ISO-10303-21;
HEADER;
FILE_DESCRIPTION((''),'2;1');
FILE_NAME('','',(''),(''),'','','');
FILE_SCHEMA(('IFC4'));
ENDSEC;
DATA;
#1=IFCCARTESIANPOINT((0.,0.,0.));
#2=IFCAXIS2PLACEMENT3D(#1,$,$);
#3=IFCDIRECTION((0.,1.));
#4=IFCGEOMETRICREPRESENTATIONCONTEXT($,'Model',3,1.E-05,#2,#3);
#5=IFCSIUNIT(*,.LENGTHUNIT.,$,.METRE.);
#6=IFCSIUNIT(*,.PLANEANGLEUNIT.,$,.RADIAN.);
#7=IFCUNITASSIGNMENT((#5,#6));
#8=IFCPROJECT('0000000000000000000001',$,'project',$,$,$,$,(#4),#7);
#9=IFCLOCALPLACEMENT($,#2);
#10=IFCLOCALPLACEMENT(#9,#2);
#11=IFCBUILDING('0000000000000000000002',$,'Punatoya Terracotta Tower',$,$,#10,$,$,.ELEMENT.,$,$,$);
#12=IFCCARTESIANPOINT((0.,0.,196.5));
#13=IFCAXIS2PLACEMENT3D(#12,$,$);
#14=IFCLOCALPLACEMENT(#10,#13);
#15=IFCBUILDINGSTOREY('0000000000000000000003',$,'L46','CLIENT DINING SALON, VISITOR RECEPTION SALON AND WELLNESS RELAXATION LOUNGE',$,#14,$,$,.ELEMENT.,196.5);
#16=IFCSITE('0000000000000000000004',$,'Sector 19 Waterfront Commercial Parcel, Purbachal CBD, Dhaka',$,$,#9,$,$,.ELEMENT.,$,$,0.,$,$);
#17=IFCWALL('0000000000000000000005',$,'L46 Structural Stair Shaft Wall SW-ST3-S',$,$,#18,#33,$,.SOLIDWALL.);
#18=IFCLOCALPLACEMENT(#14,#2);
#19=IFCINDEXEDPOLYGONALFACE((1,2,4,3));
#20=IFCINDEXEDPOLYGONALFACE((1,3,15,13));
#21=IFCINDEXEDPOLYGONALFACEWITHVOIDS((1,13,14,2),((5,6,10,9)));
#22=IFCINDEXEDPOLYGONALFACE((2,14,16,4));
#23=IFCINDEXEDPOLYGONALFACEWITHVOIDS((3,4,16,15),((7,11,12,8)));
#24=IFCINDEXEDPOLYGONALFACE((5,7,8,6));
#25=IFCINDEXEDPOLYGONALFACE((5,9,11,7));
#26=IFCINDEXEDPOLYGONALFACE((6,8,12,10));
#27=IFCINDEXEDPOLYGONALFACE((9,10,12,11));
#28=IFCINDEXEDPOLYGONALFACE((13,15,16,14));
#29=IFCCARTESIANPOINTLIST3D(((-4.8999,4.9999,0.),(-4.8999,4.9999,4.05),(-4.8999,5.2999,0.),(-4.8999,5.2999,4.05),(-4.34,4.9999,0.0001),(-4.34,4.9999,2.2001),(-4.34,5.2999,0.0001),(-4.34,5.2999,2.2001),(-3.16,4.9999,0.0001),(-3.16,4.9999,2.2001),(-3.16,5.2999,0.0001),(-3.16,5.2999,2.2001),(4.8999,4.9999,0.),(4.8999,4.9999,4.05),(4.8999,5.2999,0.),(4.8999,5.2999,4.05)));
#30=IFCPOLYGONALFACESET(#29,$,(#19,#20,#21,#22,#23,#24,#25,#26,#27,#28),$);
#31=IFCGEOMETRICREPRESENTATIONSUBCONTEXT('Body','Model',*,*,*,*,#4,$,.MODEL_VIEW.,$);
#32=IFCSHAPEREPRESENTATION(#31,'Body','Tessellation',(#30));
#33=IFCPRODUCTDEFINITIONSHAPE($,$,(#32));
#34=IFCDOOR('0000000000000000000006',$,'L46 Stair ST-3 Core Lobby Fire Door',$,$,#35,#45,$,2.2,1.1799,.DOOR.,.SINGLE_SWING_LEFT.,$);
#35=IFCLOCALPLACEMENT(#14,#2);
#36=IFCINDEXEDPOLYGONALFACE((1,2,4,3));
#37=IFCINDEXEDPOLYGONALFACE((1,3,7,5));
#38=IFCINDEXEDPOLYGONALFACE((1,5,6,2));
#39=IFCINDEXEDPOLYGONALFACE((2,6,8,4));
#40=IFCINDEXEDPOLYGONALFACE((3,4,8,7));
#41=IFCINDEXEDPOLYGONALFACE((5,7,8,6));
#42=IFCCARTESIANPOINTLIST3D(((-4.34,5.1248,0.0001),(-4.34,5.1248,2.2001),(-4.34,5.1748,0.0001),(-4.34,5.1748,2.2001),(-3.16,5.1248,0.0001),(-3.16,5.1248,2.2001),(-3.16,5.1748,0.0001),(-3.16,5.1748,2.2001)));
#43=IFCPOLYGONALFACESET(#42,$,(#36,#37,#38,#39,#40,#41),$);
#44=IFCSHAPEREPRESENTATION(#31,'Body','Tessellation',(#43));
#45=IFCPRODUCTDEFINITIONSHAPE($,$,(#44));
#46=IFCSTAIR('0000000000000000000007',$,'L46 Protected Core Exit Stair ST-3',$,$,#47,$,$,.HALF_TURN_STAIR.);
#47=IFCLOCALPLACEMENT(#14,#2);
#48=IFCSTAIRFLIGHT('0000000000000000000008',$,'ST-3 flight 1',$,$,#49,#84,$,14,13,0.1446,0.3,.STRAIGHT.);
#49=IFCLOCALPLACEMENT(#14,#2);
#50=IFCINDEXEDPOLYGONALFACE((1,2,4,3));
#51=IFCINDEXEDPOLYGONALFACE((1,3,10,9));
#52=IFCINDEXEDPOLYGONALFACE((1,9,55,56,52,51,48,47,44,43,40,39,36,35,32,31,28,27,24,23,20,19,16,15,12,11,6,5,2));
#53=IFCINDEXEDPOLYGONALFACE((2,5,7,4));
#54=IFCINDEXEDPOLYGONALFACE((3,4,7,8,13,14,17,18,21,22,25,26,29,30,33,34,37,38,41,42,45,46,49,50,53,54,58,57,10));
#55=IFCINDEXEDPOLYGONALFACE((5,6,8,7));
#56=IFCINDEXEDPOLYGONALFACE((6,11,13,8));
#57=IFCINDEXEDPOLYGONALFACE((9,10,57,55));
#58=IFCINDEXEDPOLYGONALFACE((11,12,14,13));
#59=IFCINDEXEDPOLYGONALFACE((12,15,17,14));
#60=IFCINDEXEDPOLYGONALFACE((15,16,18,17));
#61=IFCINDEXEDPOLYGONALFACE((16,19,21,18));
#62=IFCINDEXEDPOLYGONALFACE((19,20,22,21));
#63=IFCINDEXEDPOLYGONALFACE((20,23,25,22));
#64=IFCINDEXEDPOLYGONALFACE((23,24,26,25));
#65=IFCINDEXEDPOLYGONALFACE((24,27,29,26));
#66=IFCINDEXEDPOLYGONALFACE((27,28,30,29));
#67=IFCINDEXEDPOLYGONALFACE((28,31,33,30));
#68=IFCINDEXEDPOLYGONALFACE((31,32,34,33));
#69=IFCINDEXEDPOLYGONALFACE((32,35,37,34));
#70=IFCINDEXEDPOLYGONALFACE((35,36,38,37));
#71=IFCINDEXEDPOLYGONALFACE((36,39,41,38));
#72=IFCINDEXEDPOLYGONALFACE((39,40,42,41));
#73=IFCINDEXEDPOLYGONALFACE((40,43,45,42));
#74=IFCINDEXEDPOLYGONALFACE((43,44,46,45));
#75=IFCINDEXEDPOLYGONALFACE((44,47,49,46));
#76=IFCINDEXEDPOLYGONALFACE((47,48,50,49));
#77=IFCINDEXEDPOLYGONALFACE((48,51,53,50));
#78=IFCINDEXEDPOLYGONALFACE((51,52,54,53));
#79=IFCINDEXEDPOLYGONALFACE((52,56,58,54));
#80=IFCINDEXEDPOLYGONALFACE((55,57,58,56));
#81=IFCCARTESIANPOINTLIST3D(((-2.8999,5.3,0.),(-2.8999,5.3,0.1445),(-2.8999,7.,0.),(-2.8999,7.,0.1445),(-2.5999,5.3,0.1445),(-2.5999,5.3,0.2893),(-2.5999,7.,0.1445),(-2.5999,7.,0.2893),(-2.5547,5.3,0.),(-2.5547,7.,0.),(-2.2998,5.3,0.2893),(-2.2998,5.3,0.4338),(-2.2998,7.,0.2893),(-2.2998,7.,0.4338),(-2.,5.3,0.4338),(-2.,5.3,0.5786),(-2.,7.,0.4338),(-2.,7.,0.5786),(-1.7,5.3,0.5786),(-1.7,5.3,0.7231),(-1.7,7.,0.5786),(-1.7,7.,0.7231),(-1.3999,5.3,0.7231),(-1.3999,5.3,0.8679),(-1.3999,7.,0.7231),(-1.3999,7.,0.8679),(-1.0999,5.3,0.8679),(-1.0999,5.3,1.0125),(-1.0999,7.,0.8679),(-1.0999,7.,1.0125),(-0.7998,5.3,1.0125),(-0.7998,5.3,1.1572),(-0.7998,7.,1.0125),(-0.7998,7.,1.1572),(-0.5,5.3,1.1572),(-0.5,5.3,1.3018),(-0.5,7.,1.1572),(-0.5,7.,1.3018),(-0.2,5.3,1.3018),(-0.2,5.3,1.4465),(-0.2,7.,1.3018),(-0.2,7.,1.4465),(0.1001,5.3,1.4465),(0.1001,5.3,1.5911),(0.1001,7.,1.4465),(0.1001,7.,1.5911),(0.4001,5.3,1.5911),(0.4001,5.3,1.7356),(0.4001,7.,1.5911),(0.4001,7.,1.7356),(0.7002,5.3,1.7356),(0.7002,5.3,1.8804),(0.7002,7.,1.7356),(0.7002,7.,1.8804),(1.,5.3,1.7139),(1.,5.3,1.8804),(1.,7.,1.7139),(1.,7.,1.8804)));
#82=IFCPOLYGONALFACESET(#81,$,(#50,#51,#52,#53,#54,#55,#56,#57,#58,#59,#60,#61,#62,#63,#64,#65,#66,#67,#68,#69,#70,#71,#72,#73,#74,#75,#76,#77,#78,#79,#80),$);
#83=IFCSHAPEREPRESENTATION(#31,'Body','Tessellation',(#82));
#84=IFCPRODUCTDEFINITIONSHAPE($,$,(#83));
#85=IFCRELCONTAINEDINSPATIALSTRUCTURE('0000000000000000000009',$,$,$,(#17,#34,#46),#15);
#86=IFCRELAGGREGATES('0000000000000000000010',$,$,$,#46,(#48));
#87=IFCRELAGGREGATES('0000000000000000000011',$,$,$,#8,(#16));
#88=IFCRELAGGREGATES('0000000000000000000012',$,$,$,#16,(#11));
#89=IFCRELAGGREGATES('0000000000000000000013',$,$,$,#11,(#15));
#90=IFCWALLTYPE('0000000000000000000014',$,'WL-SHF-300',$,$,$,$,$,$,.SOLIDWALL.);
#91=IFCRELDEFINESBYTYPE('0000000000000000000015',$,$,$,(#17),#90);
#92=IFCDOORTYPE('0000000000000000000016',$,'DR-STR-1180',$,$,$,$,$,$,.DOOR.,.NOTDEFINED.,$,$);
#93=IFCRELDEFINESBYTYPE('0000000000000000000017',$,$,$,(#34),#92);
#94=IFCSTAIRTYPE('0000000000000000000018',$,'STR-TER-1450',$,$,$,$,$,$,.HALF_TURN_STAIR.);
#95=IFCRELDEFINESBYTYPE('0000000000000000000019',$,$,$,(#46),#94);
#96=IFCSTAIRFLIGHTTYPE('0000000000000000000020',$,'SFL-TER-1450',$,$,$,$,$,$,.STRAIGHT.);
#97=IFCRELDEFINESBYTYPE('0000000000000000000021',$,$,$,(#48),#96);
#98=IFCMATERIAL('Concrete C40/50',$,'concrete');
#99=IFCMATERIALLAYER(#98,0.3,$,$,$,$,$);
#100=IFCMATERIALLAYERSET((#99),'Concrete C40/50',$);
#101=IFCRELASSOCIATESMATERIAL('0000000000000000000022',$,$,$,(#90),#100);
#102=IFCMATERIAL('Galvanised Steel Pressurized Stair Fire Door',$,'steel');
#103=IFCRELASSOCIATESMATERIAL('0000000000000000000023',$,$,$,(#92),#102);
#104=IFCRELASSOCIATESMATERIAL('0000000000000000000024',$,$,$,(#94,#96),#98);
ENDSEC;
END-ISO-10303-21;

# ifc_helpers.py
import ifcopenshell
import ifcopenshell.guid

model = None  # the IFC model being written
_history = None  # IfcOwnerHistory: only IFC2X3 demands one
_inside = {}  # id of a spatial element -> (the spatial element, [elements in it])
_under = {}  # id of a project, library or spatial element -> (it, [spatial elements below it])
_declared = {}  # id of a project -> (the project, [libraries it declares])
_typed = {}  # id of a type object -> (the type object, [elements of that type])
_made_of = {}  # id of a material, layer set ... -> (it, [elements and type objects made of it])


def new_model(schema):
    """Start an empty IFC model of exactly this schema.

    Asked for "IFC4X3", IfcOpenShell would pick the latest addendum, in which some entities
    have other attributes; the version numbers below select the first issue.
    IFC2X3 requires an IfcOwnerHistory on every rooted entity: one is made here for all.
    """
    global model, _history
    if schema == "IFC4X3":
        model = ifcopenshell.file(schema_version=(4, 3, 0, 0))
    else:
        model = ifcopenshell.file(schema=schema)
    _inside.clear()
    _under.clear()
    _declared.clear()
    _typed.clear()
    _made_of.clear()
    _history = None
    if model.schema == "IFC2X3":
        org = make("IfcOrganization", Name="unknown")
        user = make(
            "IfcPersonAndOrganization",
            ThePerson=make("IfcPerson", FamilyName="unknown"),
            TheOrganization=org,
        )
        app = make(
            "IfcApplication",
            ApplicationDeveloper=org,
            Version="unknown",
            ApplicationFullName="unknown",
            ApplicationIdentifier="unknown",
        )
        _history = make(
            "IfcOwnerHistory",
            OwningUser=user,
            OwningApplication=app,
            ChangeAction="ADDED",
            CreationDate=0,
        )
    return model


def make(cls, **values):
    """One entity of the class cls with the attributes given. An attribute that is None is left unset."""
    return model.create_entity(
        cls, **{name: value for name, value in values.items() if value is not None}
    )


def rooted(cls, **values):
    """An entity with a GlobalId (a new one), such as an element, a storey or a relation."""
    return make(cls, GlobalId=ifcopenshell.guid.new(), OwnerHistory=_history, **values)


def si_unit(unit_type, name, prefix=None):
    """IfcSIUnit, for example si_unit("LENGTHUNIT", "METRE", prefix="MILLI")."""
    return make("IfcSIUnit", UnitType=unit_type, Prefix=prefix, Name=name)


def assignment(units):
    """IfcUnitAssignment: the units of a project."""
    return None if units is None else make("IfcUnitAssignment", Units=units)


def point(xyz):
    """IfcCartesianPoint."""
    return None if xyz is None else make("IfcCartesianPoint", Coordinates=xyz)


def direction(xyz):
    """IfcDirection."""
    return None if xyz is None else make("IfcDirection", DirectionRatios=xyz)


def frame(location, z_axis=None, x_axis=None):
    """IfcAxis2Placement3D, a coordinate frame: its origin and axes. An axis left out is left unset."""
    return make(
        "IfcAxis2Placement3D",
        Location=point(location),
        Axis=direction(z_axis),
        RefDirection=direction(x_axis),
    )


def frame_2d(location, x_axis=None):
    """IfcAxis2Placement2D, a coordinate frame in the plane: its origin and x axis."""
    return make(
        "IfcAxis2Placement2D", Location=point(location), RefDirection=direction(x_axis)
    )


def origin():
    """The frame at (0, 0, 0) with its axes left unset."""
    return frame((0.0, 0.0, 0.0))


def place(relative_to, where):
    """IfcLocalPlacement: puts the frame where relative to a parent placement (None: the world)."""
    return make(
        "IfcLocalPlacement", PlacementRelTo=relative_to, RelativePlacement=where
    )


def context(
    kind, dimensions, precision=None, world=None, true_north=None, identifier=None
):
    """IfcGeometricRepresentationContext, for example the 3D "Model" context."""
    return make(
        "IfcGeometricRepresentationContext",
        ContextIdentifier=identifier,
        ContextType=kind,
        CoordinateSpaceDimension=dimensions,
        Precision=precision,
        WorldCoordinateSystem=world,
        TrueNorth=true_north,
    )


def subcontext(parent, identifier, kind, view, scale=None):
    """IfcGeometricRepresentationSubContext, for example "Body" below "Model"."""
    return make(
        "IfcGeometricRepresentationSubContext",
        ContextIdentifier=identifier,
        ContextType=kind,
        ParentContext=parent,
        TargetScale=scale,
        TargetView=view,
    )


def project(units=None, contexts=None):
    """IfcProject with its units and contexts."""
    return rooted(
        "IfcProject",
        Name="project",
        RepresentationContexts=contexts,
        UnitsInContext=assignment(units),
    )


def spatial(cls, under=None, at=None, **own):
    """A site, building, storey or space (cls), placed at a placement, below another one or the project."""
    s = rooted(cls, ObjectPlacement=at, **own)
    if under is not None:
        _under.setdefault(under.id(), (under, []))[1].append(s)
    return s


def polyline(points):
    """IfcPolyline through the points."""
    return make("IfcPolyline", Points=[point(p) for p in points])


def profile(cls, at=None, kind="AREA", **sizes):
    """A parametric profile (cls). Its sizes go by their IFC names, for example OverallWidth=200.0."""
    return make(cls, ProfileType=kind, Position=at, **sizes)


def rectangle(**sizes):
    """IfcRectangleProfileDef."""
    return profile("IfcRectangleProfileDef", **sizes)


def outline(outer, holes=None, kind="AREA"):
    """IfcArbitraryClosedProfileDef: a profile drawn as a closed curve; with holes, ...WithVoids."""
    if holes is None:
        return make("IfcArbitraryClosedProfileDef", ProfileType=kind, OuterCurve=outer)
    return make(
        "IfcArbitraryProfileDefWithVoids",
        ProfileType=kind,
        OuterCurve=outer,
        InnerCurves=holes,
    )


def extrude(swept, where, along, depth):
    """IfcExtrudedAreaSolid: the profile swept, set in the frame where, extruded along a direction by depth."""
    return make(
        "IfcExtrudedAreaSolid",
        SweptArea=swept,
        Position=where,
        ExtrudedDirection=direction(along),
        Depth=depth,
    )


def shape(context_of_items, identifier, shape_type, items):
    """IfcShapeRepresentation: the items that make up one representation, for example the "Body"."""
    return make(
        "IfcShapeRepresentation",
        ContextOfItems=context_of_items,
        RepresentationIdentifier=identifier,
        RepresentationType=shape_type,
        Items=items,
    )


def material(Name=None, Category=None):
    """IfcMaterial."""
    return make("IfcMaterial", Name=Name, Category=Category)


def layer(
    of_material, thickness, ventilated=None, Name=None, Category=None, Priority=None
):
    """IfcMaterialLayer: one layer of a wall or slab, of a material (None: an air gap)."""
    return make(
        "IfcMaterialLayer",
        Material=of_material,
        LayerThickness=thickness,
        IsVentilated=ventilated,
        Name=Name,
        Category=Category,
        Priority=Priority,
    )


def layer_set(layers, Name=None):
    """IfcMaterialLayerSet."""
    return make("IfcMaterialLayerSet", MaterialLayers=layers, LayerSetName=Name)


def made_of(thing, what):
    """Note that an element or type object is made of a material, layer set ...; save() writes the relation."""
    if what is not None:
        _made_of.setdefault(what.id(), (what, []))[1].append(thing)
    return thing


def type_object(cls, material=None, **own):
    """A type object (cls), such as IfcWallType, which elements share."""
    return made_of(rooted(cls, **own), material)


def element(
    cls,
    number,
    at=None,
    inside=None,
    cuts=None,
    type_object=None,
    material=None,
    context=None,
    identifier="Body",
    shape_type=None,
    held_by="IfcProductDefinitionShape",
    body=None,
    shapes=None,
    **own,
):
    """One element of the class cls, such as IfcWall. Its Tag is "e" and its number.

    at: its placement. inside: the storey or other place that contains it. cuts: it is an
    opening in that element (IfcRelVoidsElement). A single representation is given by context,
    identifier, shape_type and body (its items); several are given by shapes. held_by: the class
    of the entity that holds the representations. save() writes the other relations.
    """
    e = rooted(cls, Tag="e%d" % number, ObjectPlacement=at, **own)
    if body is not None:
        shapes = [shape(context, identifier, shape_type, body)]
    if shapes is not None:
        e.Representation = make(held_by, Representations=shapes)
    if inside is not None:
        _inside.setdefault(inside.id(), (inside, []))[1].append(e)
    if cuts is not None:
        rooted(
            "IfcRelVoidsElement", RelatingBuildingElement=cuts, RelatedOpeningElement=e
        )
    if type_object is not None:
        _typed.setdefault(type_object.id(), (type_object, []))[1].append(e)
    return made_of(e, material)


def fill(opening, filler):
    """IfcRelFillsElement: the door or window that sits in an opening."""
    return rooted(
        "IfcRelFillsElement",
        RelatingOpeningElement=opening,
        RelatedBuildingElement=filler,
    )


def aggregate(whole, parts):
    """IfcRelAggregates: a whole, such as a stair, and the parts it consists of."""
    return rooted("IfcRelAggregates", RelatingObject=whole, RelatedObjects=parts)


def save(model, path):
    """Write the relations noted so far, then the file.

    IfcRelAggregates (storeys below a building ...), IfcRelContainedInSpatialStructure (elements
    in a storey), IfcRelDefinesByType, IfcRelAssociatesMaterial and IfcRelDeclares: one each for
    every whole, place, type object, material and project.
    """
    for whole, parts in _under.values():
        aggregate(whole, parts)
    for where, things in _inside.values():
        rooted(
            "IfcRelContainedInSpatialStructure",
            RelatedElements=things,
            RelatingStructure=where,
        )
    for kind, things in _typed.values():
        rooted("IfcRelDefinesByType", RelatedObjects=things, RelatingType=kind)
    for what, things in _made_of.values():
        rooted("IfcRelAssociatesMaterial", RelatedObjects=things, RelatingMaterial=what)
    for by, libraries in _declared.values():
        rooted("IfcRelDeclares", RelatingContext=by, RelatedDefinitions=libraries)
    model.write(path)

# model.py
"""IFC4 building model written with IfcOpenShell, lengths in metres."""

from ifc_helpers import new_model, si_unit, direction, frame, frame_2d, origin, place, context, subcontext, project, spatial, polyline, rectangle, outline, extrude, material, layer, layer_set, type_object, element, fill, aggregate, save


model = new_model("IFC4")

# Units and contexts
model_context = context("Model", 3, precision=1e-05, world=origin(), true_north=direction((0.0, 1.0)))
body_context = subcontext(model_context, "Body", "Model", "MODEL_VIEW")
ifc_project = project(units=[si_unit("LENGTHUNIT", "METRE"), si_unit("PLANEANGLEUNIT", "RADIAN")], contexts=[model_context])

# Site, building, storey
site_placement = place(None, origin())
site = spatial("IfcSite", under=ifc_project, at=site_placement, Name="Sector 19 Waterfront Commercial Parcel, Purbachal CBD, Dhaka", CompositionType="ELEMENT", RefElevation=0.0)
building_placement = place(site_placement, origin())
building = spatial("IfcBuilding", under=site, at=building_placement, Name="Punatoya Terracotta Tower", CompositionType="ELEMENT")
storey_placement = place(building_placement, frame((0.0, 0.0, 196.5)))
storey = spatial("IfcBuildingStorey", under=building, at=storey_placement, Name="L46", Description="CLIENT DINING SALON, VISITOR RECEPTION SALON AND WELLNESS RELAXATION LOUNGE", CompositionType="ELEMENT", Elevation=196.5)

# Shared definitions
ifc_material_1 = material(Name="Concrete C40/50", Category="concrete")

# Shared definitions
ifc_layer_1 = layer(ifc_material_1, 0.3)
ifc_layer_set_1 = layer_set([ifc_layer_1], Name="Concrete C40/50")
wall_type_1 = type_object("IfcWallType", Name="WL-SHF-300", PredefinedType="SOLIDWALL", material=ifc_layer_set_1)

# Wall, opening, door
wall_1_placement = place(storey_placement, frame((-4.8999, 5.1499, 0.0), z_axis=(0.0, 0.0, 1.0), x_axis=(1.0, 0.0, 0.0)))
wall_1 = element("IfcWall", 1, at=wall_1_placement, inside=storey, type_object=wall_type_1, Name="L46 Structural Stair Shaft Wall SW-ST3-S", PredefinedType="SOLIDWALL", context=body_context, shape_type="SweptSolid", body=[
    extrude(rectangle(XDim=9.7998, YDim=0.3, at=frame_2d((4.8999, 0.0))), origin(), (0.0, 0.0, 1.0), 4.05),
])
opening_1_placement = place(wall_1_placement, frame((0.5601, 0.0, 0.0)))
opening_1 = element("IfcOpeningElement", 2, at=opening_1_placement, cuts=wall_1, PredefinedType="OPENING", context=body_context, shape_type="SweptSolid", body=[
    extrude(rectangle(XDim=1.1799, YDim=2.2, at=frame_2d((0.5898, 1.1001))), frame((0.0, 0.1599, 0.0), z_axis=(0.0, -1.0, 0.0), x_axis=(1.0, 0.0, 0.0)), (0.0, 0.0, 1.0), 0.3201),
])
ifc_material_2 = material(Name="Galvanised Steel Pressurized Stair Fire Door", Category="steel")
door_type_1 = type_object("IfcDoorType", Name="DR-STR-1180", OperationType="NOTDEFINED", PredefinedType="DOOR", material=ifc_material_2)
door_1_placement = place(opening_1_placement, origin())
door_1 = element("IfcDoor", 3, at=door_1_placement, inside=storey, type_object=door_type_1, Name="L46 Stair ST-3 Core Lobby Fire Door", OperationType="SINGLE_SWING_LEFT", OverallHeight=2.2, OverallWidth=1.1799, PredefinedType="DOOR", context=body_context, shape_type="SweptSolid", body=[
    extrude(rectangle(XDim=1.1799, YDim=2.2, at=frame_2d((0.5898, 1.1001))), frame((0.0, 0.0249, 0.0), z_axis=(0.0, -1.0, 0.0), x_axis=(1.0, 0.0, 0.0)), (0.0, 0.0, 1.0), 0.05),
])
fill(opening_1, door_1)

# Stair, stair flight
stair_type = type_object("IfcStairType", Name="STR-TER-1450", PredefinedType="HALF_TURN_STAIR", material=ifc_material_1)
stair_placement = place(storey_placement, origin())
stair = element("IfcStair", 4, at=stair_placement, inside=storey, type_object=stair_type, Name="L46 Protected Core Exit Stair ST-3", PredefinedType="HALF_TURN_STAIR")
stair_flight_type = type_object("IfcStairFlightType", Name="SFL-TER-1450", PredefinedType="STRAIGHT", material=ifc_material_1)
stair_flight_placement = place(storey_placement, frame((-2.8999, 6.1499, 0.0), z_axis=(0.0, 0.0, 1.0), x_axis=(1.0, 0.0, 0.0)))
stair_flight = element("IfcStairFlight", 5, at=stair_flight_placement, type_object=stair_flight_type, Name="ST-3 flight 1", NumberOfRisers=14, NumberOfTreads=13, PredefinedType="STRAIGHT", RiserHeight=0.1446, TreadLength=0.3, context=body_context, shape_type="SweptSolid", body=[
    extrude(outline(polyline([(0.0, 0.0), (0.0, 0.1445), (0.3, 0.1445), (0.3, 0.2893), (0.6001, 0.2893), (0.6001, 0.4338), (0.8999, 0.4338), (0.8999, 0.5786), (1.2, 0.5786), (1.2, 0.7231), (1.5, 0.7231), (1.5, 0.8679), (1.8, 0.8679), (1.8, 1.0125), (2.1001, 1.0125), (2.1001, 1.1572), (2.3999, 1.1572), (2.3999, 1.3018), (2.7, 1.3018), (2.7, 1.4465), (3.0, 1.4465), (3.0, 1.5911), (3.3, 1.5911), (3.3, 1.7356), (3.6001, 1.7356), (3.6001, 1.8804), (3.8999, 1.8804), (3.8999, 2.0249), (3.8999, 1.7139), (0.3452, 0.0), (0.0, 0.0)])), frame((0.0, 0.8501, 0.0), z_axis=(0.0, -1.0, 0.0), x_axis=(1.0, 0.0, 0.0)), (0.0, 0.0, 1.0), 1.7),
])
aggregate(stair, [stair_flight])

save(model, "model.ifc")
